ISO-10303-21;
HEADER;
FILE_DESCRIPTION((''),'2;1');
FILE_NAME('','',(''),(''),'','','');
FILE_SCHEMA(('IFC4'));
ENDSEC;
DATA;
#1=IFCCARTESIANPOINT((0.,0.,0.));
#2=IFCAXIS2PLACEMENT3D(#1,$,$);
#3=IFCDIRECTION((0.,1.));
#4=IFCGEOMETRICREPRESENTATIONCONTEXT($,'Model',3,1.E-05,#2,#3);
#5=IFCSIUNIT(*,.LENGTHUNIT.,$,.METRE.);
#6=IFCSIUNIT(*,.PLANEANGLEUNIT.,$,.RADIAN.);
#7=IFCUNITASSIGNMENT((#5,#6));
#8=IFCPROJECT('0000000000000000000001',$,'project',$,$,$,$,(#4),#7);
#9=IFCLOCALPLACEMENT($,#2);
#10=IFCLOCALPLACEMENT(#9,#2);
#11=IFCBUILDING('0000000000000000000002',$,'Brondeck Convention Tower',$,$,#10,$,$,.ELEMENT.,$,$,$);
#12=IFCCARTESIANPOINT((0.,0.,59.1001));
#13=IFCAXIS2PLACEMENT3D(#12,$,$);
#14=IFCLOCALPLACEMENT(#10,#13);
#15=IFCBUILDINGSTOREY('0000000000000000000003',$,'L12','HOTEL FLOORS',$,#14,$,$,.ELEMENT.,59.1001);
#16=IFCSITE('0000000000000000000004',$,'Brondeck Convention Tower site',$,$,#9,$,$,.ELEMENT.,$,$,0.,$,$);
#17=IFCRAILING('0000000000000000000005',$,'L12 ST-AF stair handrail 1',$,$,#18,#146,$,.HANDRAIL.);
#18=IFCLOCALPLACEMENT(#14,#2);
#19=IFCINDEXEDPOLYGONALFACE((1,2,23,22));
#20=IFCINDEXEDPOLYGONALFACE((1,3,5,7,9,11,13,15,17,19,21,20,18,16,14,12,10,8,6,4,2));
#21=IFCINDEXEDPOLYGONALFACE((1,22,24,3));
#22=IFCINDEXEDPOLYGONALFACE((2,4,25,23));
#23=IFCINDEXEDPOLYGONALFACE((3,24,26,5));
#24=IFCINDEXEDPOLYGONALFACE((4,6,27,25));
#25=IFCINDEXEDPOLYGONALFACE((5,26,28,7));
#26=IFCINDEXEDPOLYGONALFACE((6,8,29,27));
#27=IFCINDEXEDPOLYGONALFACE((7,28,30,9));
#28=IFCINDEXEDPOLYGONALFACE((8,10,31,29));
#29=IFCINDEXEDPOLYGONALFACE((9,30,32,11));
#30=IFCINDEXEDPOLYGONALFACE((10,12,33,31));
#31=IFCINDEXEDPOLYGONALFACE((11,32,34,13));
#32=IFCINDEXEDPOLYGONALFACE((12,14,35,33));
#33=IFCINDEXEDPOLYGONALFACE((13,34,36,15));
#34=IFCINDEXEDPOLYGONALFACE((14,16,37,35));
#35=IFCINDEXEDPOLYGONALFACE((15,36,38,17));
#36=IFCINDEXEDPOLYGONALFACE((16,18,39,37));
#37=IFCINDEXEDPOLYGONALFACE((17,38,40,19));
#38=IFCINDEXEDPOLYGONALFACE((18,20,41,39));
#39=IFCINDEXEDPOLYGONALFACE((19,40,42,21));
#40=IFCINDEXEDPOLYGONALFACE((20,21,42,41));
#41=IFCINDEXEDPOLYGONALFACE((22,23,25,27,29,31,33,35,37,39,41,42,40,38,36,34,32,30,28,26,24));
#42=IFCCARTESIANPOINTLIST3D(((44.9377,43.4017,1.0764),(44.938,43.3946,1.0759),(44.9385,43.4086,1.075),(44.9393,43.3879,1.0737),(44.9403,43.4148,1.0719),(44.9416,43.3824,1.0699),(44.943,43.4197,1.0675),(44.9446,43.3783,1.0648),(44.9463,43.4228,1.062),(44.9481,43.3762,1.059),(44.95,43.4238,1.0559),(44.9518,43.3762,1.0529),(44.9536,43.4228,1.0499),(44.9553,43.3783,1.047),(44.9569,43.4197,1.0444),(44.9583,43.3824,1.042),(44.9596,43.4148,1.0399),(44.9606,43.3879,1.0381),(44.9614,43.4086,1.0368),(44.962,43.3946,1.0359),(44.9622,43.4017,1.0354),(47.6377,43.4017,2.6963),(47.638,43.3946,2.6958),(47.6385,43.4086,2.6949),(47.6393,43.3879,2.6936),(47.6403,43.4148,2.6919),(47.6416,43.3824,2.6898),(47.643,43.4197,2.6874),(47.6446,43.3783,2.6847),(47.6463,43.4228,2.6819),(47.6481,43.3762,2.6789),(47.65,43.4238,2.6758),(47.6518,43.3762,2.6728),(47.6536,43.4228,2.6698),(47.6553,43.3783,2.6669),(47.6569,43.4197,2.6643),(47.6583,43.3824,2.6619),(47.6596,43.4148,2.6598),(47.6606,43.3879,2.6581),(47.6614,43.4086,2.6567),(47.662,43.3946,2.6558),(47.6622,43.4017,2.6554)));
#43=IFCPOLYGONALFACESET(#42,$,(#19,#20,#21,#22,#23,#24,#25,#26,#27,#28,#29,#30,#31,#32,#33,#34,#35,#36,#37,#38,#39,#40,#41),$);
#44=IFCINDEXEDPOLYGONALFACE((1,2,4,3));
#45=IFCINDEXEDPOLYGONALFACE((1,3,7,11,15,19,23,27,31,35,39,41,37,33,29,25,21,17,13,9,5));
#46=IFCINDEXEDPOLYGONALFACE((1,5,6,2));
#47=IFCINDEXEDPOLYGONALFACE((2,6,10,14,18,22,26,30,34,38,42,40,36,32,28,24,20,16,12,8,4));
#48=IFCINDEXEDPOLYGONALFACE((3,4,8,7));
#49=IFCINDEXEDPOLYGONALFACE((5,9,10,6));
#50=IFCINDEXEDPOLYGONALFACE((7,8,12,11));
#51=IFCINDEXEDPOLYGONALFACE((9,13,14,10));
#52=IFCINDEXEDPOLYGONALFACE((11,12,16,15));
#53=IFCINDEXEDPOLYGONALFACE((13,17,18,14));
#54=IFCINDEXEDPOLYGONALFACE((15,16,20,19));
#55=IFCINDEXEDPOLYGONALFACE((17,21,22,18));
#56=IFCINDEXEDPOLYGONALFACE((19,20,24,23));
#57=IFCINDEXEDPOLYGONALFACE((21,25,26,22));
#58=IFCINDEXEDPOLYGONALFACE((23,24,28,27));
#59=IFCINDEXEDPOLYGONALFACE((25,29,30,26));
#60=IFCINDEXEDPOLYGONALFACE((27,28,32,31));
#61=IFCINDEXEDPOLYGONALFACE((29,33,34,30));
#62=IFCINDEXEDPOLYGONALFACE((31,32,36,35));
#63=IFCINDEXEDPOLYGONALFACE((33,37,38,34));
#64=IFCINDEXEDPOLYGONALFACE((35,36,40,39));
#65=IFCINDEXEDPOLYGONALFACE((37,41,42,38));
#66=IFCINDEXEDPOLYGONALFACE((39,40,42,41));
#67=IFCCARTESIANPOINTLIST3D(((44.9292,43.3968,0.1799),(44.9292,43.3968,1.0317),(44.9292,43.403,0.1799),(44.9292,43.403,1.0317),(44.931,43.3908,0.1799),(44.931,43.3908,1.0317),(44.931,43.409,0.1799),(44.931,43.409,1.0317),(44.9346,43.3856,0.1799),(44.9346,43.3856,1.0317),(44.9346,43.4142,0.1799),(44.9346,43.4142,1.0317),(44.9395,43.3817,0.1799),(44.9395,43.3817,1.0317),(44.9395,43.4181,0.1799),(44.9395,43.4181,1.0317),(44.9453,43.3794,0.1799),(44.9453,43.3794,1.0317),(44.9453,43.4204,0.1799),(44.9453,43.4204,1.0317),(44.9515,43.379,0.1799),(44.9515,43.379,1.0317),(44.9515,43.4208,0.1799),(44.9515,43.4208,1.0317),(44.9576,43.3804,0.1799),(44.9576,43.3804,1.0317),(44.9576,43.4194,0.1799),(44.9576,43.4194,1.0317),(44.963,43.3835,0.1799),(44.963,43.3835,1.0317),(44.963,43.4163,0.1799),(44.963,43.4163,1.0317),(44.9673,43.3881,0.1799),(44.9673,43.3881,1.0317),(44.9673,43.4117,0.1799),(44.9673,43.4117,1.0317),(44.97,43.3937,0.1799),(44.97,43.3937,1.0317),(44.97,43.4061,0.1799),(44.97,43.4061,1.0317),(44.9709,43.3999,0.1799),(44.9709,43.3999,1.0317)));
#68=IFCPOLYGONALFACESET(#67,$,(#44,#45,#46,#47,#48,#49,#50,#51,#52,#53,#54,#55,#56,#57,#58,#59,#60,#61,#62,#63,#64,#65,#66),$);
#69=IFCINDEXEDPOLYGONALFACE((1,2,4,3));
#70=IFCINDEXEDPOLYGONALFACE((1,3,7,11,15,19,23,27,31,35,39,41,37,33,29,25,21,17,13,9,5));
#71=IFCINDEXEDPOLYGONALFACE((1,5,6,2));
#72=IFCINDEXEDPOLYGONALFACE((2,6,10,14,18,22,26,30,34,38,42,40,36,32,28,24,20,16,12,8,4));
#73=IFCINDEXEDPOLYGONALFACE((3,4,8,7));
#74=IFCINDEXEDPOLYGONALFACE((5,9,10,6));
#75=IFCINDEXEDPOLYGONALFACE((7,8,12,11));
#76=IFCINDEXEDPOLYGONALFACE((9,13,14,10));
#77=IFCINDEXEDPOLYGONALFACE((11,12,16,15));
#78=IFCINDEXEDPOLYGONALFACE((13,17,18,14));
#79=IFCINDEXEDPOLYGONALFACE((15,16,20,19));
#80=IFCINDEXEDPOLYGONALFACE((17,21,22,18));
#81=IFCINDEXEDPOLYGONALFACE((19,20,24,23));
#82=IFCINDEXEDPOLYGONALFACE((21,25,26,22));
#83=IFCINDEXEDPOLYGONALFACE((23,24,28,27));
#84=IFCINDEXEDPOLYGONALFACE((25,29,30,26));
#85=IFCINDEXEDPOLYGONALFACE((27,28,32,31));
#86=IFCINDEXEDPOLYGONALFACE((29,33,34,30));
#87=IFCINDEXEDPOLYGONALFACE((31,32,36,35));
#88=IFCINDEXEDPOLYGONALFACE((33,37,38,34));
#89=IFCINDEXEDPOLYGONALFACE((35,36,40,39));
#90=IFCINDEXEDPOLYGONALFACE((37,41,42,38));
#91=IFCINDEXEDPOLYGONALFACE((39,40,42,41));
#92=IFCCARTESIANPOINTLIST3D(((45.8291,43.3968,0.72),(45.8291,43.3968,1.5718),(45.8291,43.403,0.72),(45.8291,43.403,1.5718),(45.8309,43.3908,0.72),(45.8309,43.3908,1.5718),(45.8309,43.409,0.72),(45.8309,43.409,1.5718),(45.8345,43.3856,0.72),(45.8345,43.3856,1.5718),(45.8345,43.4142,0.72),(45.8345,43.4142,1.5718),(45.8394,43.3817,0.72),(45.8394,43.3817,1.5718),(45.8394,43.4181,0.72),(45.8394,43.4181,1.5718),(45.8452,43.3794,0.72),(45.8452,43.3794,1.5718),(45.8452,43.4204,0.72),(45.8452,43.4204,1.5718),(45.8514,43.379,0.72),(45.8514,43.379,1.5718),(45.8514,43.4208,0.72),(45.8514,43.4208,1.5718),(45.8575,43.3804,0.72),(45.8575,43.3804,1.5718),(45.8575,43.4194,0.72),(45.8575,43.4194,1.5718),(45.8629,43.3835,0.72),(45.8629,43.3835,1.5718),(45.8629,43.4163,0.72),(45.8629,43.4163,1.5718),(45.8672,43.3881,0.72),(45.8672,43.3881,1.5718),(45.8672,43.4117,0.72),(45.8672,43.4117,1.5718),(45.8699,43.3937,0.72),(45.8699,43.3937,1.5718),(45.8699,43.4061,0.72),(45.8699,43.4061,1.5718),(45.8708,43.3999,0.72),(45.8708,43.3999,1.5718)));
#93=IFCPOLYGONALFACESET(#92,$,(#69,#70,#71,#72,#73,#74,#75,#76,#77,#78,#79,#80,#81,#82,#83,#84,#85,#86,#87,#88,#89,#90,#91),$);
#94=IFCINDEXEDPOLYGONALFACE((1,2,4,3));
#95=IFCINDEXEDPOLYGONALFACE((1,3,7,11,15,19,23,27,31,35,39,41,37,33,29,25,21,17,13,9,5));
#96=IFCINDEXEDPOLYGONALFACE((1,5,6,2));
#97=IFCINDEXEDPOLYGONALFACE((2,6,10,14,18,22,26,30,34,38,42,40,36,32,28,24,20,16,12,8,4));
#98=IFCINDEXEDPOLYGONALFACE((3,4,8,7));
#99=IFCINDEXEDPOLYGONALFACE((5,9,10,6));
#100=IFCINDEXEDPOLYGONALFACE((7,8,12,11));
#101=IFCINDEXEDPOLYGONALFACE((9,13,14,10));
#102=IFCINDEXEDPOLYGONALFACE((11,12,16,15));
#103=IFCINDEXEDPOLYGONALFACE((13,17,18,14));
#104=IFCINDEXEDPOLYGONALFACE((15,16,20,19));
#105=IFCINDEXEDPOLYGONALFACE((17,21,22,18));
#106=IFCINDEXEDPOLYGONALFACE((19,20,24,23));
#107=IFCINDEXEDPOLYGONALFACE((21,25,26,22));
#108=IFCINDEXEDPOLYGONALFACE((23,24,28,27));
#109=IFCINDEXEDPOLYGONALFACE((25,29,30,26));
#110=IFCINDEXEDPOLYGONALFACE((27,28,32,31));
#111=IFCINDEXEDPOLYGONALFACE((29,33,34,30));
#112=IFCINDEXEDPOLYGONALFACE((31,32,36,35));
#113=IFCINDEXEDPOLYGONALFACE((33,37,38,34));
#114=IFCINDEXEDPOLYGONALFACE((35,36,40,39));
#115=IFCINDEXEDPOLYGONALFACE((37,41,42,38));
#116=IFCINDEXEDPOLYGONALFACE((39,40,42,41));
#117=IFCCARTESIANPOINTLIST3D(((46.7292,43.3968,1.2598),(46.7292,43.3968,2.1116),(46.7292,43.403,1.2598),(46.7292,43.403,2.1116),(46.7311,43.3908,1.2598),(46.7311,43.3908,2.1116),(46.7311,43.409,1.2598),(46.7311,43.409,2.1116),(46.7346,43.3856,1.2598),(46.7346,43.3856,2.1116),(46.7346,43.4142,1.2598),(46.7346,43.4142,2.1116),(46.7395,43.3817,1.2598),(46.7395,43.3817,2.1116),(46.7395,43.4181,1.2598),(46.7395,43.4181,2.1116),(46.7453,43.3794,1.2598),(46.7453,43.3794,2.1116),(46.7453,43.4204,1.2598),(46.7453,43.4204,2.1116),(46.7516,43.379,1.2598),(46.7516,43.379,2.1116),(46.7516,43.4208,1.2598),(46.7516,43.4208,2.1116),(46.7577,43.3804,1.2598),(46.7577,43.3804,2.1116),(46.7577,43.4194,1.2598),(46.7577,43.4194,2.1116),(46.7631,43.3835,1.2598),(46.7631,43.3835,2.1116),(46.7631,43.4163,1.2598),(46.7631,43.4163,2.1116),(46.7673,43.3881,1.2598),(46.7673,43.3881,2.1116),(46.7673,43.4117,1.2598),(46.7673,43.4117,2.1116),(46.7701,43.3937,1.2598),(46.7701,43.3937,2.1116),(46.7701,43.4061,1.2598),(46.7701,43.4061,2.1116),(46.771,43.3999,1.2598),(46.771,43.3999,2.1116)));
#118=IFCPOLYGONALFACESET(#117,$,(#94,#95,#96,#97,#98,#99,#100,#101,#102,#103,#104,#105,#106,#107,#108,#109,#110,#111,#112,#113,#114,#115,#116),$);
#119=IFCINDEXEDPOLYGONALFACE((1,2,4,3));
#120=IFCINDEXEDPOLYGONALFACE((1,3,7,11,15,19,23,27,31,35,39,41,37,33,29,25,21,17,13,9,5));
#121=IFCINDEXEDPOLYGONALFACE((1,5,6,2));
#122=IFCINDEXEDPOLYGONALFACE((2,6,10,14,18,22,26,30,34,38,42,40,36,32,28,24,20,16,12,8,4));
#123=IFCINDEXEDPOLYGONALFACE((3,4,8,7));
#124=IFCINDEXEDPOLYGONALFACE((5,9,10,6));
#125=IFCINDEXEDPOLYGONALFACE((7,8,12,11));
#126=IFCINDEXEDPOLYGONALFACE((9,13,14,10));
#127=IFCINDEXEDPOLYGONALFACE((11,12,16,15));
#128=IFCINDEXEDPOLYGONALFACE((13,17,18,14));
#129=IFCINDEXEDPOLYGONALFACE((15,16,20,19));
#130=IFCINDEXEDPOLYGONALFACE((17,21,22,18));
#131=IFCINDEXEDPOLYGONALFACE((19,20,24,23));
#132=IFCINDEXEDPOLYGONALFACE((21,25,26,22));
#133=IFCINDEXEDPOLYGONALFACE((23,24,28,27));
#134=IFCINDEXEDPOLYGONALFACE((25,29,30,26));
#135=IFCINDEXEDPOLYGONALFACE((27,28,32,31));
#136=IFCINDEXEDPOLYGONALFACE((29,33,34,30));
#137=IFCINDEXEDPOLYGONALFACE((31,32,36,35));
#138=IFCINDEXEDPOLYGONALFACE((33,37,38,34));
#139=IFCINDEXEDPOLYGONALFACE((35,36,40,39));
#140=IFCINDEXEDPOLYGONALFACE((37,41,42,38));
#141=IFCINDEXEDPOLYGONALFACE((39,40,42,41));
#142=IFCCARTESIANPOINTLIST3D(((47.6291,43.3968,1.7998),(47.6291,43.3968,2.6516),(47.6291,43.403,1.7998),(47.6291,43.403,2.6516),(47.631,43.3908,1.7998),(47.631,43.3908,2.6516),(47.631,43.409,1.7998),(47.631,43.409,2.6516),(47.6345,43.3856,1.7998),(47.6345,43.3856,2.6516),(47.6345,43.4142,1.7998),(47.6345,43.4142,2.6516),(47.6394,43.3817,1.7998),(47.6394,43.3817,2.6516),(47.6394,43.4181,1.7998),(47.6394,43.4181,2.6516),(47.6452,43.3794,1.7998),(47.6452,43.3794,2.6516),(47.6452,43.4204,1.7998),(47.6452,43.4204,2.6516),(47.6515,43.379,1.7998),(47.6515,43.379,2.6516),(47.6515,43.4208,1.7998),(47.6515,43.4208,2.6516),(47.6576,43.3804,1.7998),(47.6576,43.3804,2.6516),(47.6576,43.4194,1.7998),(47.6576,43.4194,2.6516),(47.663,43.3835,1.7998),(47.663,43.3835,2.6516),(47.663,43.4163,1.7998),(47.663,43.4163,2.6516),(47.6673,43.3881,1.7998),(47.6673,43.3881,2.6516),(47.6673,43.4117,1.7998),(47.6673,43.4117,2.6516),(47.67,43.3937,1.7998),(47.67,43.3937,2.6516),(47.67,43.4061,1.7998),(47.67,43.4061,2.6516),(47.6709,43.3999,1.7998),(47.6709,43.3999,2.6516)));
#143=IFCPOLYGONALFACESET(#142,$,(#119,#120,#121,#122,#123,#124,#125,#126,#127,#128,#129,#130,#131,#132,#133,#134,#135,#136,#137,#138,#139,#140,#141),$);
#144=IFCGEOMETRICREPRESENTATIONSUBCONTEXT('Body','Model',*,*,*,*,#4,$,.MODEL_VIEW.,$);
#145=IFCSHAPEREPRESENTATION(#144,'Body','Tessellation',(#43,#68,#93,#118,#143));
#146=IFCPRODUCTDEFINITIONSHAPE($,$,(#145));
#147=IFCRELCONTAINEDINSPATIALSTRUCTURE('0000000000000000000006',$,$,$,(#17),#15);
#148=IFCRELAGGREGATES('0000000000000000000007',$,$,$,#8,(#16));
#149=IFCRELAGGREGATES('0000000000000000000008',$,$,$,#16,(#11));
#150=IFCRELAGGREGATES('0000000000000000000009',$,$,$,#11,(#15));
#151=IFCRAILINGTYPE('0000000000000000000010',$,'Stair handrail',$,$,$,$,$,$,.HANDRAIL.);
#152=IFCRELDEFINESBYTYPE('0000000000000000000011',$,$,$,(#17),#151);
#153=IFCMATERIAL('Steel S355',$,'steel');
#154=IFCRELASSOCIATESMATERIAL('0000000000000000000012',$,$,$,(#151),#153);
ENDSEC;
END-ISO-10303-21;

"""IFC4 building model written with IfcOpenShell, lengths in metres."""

from ifc_helpers import new_model, si_unit, direction, frame, origin, origin_2d, place, context, subcontext, project, spatial, circle, extrude, material, type_object, element, save


model = new_model("IFC4")

# Units and contexts
model_context = context("Model", 3, precision=1e-05, world=origin(), true_north=direction((0.0, 1.0)))
body_context = subcontext(model_context, "Body", "Model", "MODEL_VIEW")
ifc_project = project(units=[si_unit("LENGTHUNIT", "METRE"), si_unit("PLANEANGLEUNIT", "RADIAN")], contexts=[model_context])

# Site, building, storey
site_placement = place(None, origin())
site = spatial("IfcSite", under=ifc_project, at=site_placement, Name="Brondeck Convention Tower site", CompositionType="ELEMENT", RefElevation=0.0)
building_placement = place(site_placement, origin())
building = spatial("IfcBuilding", under=site, at=building_placement, Name="Brondeck Convention Tower", CompositionType="ELEMENT")
storey_placement = place(building_placement, frame((0.0, 0.0, 59.1001)))
storey = spatial("IfcBuildingStorey", under=building, at=storey_placement, Name="L12", Description="HOTEL FLOORS", CompositionType="ELEMENT", Elevation=59.1001)

# Shared definitions
ifc_material_1 = material(Name="Steel S355", Category="steel")

# Railing
railing_type_1 = type_object("IfcRailingType", Name="Stair handrail", PredefinedType="HANDRAIL", material=ifc_material_1)
railing_1_placement = place(storey_placement, frame((44.95, 43.3999, 0.1799)))
element("IfcRailing", 1, at=railing_1_placement, inside=storey, type_object=railing_type_1, Name="L12 ST-AF stair handrail 1", PredefinedType="HANDRAIL", context=body_context, shape_type="SweptSolid", body=[
    extrude(circle(Radius=0.0239, at=origin_2d()), frame((0.0, 0.0, 0.876), z_axis=(0.857507, 0.0, 0.514473), x_axis=(0.0, 1.0, 0.0)), (0.0, 0.0, 1.0), 3.1487),
    extrude(circle(Radius=0.021, at=origin_2d()), origin(), (0.0, 0.0, 1.0), 0.8518),
    extrude(circle(Radius=0.021, at=origin_2d()), frame((0.8999, 0.0, 0.54)), (0.0, 0.0, 1.0), 0.8518),
    extrude(circle(Radius=0.021, at=origin_2d()), frame((1.8, 0.0, 1.0798)), (0.0, 0.0, 1.0), 0.8518),
    extrude(circle(Radius=0.021, at=origin_2d()), frame((2.7, 0.0, 1.6199)), (0.0, 0.0, 1.0), 0.8518),
])

save(model, "model.ifc")
